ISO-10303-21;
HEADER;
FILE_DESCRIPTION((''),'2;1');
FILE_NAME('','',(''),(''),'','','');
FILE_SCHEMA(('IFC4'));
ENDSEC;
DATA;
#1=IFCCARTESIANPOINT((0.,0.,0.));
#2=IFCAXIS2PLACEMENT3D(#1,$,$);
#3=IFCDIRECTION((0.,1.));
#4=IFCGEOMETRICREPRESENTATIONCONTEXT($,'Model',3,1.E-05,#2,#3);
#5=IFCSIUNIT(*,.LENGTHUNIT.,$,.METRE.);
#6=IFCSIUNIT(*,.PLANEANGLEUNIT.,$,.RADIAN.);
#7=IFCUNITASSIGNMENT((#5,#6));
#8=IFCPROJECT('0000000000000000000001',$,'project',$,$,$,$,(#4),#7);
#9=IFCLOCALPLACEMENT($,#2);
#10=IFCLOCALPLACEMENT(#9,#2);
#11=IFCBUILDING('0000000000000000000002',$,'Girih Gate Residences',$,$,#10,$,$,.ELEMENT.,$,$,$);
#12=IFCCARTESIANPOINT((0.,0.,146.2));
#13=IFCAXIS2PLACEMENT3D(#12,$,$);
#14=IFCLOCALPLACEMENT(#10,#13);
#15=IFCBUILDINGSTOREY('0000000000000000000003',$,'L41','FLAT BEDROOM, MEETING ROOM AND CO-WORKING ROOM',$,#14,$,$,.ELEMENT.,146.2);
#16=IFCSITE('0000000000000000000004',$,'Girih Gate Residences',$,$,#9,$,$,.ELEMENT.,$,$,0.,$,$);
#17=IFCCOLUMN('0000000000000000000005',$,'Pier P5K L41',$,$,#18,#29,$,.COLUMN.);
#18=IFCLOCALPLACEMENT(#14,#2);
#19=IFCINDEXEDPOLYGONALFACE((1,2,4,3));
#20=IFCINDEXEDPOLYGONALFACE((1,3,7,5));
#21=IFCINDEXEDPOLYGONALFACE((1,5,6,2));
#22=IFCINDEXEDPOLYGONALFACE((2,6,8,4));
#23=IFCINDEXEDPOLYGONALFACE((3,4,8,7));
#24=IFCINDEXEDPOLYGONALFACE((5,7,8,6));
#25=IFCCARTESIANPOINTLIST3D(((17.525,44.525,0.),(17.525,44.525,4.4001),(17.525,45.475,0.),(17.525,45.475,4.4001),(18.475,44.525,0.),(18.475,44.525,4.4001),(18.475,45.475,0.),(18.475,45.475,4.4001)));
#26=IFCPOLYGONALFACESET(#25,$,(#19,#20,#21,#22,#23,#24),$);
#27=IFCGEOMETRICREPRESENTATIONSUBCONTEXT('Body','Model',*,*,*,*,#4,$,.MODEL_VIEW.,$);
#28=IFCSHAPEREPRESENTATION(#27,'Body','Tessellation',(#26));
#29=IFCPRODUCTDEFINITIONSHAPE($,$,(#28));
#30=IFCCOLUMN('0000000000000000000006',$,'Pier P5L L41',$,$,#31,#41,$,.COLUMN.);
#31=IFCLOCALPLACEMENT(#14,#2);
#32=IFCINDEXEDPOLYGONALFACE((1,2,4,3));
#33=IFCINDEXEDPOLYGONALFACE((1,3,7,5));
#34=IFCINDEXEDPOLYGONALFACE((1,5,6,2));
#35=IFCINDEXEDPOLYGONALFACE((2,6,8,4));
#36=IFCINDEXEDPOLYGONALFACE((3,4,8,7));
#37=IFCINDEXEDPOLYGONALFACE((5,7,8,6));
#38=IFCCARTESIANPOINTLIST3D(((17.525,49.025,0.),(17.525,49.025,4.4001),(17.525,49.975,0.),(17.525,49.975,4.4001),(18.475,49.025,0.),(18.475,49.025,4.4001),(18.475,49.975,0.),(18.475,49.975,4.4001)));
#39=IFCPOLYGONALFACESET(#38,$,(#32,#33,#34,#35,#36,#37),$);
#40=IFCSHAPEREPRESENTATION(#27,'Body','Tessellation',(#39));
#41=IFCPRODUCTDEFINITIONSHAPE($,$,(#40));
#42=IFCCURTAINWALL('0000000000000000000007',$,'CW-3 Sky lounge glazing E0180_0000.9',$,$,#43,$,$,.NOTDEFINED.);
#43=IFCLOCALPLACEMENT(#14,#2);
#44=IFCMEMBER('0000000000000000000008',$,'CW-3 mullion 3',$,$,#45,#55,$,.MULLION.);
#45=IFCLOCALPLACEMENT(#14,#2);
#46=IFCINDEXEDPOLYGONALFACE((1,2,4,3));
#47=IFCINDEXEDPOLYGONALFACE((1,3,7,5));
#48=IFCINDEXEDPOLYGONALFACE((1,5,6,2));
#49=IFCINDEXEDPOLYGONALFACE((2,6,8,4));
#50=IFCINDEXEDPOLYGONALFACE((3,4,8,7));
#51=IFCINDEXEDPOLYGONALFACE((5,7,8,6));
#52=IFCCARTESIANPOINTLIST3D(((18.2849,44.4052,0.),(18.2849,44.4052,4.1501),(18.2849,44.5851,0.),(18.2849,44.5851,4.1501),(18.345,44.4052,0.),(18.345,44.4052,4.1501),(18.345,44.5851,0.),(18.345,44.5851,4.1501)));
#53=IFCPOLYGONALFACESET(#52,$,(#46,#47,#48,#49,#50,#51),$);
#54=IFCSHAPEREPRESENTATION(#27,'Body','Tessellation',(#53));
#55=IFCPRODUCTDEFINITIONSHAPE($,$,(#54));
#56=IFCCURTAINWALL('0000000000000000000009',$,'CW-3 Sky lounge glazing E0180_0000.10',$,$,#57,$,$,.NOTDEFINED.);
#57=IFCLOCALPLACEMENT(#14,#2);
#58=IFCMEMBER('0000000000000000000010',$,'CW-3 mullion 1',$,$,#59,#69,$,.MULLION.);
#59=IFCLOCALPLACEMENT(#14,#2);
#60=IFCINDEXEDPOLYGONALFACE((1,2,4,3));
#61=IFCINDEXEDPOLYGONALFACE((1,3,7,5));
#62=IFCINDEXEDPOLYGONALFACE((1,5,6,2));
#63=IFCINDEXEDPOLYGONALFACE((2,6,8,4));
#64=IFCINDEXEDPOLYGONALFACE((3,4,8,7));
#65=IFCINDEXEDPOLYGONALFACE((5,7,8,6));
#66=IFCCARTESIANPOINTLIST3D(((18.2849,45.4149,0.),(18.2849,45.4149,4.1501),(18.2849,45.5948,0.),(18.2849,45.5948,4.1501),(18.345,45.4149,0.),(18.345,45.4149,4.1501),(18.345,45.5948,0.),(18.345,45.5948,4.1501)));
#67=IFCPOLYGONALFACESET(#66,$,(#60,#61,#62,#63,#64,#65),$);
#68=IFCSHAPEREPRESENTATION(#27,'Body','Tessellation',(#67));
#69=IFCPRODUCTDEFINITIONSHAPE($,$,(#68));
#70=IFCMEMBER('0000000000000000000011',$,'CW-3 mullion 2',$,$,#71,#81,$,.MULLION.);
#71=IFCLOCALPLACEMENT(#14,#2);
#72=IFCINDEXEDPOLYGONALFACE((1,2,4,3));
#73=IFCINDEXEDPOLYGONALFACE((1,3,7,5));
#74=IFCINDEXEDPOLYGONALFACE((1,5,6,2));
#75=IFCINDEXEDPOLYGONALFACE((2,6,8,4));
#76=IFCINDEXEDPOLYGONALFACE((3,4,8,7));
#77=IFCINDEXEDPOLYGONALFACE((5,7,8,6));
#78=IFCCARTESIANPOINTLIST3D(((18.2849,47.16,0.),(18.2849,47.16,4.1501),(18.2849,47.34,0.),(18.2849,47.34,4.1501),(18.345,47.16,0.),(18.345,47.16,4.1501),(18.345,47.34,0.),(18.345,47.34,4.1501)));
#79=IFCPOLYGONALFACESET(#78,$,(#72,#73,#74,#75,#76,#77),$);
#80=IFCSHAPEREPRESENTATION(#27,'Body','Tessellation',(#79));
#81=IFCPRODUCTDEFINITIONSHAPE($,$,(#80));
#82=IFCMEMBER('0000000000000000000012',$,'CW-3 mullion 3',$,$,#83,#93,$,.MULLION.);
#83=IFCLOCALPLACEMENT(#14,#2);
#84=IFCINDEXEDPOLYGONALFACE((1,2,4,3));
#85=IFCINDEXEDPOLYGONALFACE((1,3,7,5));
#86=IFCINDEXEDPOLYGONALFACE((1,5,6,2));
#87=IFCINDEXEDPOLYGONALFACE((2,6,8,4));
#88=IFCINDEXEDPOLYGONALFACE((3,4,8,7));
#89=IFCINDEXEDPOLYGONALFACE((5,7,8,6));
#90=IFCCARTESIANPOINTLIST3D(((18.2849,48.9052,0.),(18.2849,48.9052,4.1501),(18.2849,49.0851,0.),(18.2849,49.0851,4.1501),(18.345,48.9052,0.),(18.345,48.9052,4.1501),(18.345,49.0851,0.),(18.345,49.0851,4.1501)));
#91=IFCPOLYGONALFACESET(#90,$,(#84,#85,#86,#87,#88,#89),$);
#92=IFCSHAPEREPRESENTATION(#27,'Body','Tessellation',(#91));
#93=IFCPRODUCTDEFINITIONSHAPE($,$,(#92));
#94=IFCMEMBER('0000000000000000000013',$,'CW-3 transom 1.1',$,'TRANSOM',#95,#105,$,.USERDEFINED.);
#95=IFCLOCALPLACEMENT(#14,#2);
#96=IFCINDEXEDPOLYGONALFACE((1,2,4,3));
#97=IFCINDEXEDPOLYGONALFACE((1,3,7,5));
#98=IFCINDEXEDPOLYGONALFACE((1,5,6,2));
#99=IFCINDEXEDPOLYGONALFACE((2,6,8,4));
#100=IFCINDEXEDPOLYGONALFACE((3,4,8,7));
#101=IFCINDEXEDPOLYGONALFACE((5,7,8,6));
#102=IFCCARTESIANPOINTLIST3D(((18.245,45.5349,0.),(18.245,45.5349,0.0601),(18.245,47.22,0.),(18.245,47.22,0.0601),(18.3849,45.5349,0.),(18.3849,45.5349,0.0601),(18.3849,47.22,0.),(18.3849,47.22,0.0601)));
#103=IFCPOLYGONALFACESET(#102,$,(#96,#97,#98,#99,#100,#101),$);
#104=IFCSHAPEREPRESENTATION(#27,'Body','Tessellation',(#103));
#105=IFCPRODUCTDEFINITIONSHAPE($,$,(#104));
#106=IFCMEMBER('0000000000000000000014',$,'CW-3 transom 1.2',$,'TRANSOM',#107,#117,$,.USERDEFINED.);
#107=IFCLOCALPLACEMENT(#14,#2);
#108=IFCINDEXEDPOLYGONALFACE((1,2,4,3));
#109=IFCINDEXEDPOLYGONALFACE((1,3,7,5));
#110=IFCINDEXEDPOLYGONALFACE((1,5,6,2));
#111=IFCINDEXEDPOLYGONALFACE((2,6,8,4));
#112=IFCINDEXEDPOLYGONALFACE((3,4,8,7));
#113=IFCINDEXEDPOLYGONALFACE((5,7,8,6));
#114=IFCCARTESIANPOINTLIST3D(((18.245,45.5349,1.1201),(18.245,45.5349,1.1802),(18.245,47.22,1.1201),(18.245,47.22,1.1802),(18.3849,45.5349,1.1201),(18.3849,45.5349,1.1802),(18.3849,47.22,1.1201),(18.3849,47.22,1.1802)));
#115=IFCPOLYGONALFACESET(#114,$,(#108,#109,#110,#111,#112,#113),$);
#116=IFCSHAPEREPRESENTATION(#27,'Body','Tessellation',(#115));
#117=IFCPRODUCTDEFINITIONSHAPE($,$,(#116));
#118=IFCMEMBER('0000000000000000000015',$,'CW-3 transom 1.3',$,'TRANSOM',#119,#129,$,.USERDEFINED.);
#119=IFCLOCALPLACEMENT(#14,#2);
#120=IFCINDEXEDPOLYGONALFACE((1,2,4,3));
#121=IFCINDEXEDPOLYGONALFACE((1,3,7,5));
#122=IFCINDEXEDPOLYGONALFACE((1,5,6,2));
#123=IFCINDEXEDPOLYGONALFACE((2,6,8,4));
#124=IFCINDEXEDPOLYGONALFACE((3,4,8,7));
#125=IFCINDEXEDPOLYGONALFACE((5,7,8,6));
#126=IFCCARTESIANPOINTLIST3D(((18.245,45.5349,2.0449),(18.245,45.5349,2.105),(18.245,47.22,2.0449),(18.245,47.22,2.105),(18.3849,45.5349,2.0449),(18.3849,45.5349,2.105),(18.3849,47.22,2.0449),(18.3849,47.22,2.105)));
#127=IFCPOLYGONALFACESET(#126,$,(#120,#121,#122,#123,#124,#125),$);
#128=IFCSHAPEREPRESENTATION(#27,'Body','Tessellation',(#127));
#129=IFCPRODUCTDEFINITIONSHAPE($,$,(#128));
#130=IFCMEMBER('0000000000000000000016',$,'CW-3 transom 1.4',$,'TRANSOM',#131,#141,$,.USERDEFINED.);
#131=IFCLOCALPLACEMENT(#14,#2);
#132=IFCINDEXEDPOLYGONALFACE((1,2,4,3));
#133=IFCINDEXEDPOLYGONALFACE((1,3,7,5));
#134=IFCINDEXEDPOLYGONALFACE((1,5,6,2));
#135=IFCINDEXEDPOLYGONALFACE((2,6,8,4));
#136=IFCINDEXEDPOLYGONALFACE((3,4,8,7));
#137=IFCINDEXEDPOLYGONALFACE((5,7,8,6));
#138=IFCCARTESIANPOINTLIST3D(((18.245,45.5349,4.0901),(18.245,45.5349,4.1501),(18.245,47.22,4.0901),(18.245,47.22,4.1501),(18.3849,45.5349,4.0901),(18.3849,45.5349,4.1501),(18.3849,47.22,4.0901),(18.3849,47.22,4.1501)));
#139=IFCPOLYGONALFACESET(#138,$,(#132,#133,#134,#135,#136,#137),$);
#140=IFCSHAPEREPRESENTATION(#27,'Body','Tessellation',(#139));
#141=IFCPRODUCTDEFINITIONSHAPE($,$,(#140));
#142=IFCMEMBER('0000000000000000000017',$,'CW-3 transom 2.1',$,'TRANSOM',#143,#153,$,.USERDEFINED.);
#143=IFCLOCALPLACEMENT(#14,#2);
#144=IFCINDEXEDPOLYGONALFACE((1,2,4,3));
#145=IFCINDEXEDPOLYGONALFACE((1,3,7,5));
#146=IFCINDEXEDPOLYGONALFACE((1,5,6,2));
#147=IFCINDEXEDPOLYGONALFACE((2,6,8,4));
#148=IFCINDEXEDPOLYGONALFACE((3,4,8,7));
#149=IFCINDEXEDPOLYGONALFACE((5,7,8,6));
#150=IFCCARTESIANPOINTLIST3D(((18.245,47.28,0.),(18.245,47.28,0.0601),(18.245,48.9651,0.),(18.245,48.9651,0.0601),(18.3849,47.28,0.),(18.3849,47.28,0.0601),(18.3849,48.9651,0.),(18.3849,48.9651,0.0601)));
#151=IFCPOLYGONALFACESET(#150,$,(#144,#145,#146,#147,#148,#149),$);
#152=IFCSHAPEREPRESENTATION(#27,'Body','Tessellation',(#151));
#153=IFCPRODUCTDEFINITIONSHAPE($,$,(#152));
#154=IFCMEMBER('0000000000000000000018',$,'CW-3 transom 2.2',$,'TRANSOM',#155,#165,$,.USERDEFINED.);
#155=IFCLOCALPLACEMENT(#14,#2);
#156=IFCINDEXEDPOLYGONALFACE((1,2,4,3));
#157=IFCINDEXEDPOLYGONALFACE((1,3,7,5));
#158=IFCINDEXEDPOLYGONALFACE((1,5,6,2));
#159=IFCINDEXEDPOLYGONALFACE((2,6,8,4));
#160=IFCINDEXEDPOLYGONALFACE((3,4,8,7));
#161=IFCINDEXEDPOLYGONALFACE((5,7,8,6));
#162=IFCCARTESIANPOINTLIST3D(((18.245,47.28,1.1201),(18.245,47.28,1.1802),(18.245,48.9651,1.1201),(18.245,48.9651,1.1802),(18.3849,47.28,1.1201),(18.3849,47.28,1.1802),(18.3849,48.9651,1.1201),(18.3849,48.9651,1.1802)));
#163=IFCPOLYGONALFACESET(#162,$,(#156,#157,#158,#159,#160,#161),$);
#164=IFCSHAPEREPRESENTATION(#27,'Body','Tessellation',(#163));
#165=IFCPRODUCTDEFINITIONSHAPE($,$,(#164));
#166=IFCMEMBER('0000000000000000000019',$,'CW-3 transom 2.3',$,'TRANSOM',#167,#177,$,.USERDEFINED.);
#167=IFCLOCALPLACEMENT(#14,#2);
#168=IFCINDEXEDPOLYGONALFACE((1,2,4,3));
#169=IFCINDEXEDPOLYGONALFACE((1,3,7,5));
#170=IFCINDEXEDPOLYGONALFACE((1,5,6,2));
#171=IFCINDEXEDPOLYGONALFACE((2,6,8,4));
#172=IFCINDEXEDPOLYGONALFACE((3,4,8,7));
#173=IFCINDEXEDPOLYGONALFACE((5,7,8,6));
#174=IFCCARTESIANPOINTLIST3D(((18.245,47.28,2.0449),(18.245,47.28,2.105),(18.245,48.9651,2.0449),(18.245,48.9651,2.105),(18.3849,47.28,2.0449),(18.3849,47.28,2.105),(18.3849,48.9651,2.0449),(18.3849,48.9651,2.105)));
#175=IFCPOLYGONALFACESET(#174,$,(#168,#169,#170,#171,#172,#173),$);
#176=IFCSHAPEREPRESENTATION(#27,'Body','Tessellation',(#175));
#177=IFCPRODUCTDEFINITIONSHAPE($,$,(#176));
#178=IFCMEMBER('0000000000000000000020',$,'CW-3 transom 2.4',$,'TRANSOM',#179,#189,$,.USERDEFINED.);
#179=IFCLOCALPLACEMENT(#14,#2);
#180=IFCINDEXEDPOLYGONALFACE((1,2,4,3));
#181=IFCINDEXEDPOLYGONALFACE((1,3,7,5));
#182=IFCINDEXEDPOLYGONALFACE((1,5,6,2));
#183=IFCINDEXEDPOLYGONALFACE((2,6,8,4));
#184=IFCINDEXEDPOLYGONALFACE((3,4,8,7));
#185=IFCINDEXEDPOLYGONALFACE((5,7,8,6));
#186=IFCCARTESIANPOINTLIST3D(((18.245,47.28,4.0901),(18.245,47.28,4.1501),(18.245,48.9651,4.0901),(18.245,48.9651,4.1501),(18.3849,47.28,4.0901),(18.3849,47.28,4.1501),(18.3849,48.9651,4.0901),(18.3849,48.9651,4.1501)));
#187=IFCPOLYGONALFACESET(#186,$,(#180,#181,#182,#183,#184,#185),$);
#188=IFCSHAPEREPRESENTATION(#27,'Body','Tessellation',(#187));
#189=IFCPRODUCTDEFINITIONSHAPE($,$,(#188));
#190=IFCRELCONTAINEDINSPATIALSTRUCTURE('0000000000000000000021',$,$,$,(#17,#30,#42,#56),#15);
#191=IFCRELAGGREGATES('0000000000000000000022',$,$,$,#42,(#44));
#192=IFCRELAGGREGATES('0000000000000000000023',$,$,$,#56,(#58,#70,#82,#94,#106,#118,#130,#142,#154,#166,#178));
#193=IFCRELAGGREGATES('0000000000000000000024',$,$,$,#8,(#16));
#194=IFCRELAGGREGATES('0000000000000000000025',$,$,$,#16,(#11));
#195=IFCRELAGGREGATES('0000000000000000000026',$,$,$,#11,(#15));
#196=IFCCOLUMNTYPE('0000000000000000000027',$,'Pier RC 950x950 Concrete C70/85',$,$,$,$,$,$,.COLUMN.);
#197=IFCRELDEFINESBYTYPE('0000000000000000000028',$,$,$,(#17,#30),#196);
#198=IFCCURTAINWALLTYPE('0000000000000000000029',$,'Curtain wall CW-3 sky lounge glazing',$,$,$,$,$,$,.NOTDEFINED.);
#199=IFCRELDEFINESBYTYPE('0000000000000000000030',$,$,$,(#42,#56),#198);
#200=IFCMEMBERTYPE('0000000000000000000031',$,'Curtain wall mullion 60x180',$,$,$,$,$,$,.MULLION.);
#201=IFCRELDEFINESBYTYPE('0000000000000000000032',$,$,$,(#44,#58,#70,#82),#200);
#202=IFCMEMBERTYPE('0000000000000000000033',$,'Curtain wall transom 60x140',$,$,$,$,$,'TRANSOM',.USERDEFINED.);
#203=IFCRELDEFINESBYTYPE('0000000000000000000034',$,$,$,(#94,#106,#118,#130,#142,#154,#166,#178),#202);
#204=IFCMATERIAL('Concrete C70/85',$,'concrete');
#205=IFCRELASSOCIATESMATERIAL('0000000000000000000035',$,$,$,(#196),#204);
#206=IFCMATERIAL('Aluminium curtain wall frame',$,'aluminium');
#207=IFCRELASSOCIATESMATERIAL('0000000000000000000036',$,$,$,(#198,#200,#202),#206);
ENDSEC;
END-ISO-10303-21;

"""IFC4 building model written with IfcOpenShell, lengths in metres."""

from ifc_helpers import new_model, si_unit, direction, frame, origin, origin_2d, place, context, subcontext, project, spatial, rectangle, extrude, material, material_profile, profile_set, type_object, element, aggregate, save


model = new_model("IFC4")

# Units and contexts
model_context = context("Model", 3, precision=1e-05, world=origin(), true_north=direction((0.0, 1.0)))
body_context = subcontext(model_context, "Body", "Model", "MODEL_VIEW")
ifc_project = project(units=[si_unit("LENGTHUNIT", "METRE"), si_unit("PLANEANGLEUNIT", "RADIAN")], contexts=[model_context])

# Site, building, storey
site_placement = place(None, origin())
site = spatial("IfcSite", under=ifc_project, at=site_placement, Name="Girih Gate Residences", CompositionType="ELEMENT", RefElevation=0.0)
building_placement = place(site_placement, origin())
building = spatial("IfcBuilding", under=site, at=building_placement, Name="Girih Gate Residences", CompositionType="ELEMENT")
storey_placement = place(building_placement, frame((0.0, 0.0, 146.2)))
storey = spatial("IfcBuildingStorey", under=building, at=storey_placement, Name="L41", Description="FLAT BEDROOM, MEETING ROOM AND CO-WORKING ROOM", CompositionType="ELEMENT", Elevation=146.2)

# Columns
ifc_material_1 = material(Name="Concrete C70/85", Category="concrete")
ifc_material_profile_1 = material_profile(ifc_material_1, rectangle(XDim=0.95, YDim=0.95, at=origin_2d()))
ifc_profile_set_1 = profile_set([ifc_material_profile_1], Name="Concrete C70/85")
column_type = type_object("IfcColumnType", Name="Pier RC 950x950 Concrete C70/85", PredefinedType="COLUMN", material=ifc_profile_set_1)
for number, where, z_axis, x_axis, name in (
    (1, (18.0, 45.0, 0.0), (0.0, 0.0, 1.0), (1.0, 0.0, 0.0), "Pier P5K L41"),
    (2, (18.0, 49.5, 0.0), (0.0, 0.0, 1.0), (1.0, 0.0, 0.0), "Pier P5L L41"),
):
    element("IfcColumn", number, at=place(storey_placement, frame(where, z_axis=z_axis, x_axis=x_axis)), inside=storey, type_object=column_type, Name=name, PredefinedType="COLUMN", context=body_context, shape_type="SweptSolid", body=[
        extrude(rectangle(XDim=0.95, YDim=0.95, at=origin_2d()), origin(), (0.0, 0.0, 1.0), 4.4001),
    ])

# Curtain wall, member
ifc_material_2 = material(Name="Aluminium curtain wall frame", Category="aluminium")
curtain_wall_type = type_object("IfcCurtainWallType", Name="Curtain wall CW-3 sky lounge glazing", PredefinedType="NOTDEFINED", material=ifc_material_2)
curtain_wall_1_placement = place(storey_placement, origin())
curtain_wall_1 = element("IfcCurtainWall", 3, at=curtain_wall_1_placement, inside=storey, type_object=curtain_wall_type, Name="CW-3 Sky lounge glazing E0180_0000.9", PredefinedType="NOTDEFINED")
ifc_material_profile_2 = material_profile(ifc_material_2, rectangle(XDim=0.0601, YDim=0.1799, at=origin_2d()))
ifc_profile_set_2 = profile_set([ifc_material_profile_2], Name="Aluminium curtain wall frame")
member_type_1 = type_object("IfcMemberType", Name="Curtain wall mullion 60x180", PredefinedType="MULLION", material=ifc_profile_set_2)
member_1_placement = place(storey_placement, frame((18.3149, 44.4951, 0.0), z_axis=(0.0, 0.0, 1.0), x_axis=(-1.0, 0.0, 0.0)))
member_1 = element("IfcMember", 4, at=member_1_placement, type_object=member_type_1, Name="CW-3 mullion 3", PredefinedType="MULLION", context=body_context, shape_type="SweptSolid", body=[
    extrude(rectangle(XDim=0.0601, YDim=0.1799, at=origin_2d()), origin(), (0.0, 0.0, 1.0), 4.1501),
])
aggregate(curtain_wall_1, [member_1])

# Curtain wall, members
curtain_wall_2_placement = place(storey_placement, origin())
curtain_wall_2 = element("IfcCurtainWall", 5, at=curtain_wall_2_placement, inside=storey, type_object=curtain_wall_type, Name="CW-3 Sky lounge glazing E0180_0000.10", PredefinedType="NOTDEFINED")
member_2_placement = place(storey_placement, frame((18.3149, 45.5049, 0.0), z_axis=(0.0, 0.0, 1.0), x_axis=(-1.0, 0.0, 0.0)))
member_2 = element("IfcMember", 6, at=member_2_placement, type_object=member_type_1, Name="CW-3 mullion 1", PredefinedType="MULLION", context=body_context, shape_type="SweptSolid", body=[
    extrude(rectangle(XDim=0.0601, YDim=0.1799, at=origin_2d()), origin(), (0.0, 0.0, 1.0), 4.1501),
])
member_3_placement = place(storey_placement, frame((18.3149, 47.25, 0.0), z_axis=(0.0, 0.0, 1.0), x_axis=(-1.0, 0.0, 0.0)))
member_3 = element("IfcMember", 7, at=member_3_placement, type_object=member_type_1, Name="CW-3 mullion 2", PredefinedType="MULLION", context=body_context, shape_type="SweptSolid", body=[
    extrude(rectangle(XDim=0.0601, YDim=0.1799, at=origin_2d()), origin(), (0.0, 0.0, 1.0), 4.1501),
])
member_4_placement = place(storey_placement, frame((18.3149, 48.9951, 0.0), z_axis=(0.0, 0.0, 1.0), x_axis=(-1.0, 0.0, 0.0)))
member_4 = element("IfcMember", 8, at=member_4_placement, type_object=member_type_1, Name="CW-3 mullion 3", PredefinedType="MULLION", context=body_context, shape_type="SweptSolid", body=[
    extrude(rectangle(XDim=0.0601, YDim=0.1799, at=origin_2d()), origin(), (0.0, 0.0, 1.0), 4.1501),
])
ifc_material_profile_3 = material_profile(ifc_material_2, rectangle(XDim=0.1399, YDim=0.0601, at=origin_2d()))
ifc_profile_set_3 = profile_set([ifc_material_profile_3], Name="Aluminium curtain wall frame")
member_type_2 = type_object("IfcMemberType", Name="Curtain wall transom 60x140", ElementType="TRANSOM", PredefinedType="USERDEFINED", material=ifc_profile_set_3)
member_5_placement = place(storey_placement, frame((18.3149, 45.5349, 0.03), z_axis=(0.0, 1.0, 0.0), x_axis=(-1.0, 0.0, 0.0)))
member_5 = element("IfcMember", 9, at=member_5_placement, type_object=member_type_2, Name="CW-3 transom 1.1", ObjectType="TRANSOM", PredefinedType="USERDEFINED", context=body_context, shape_type="SweptSolid", body=[
    extrude(rectangle(XDim=0.1399, YDim=0.0601, at=origin_2d()), origin(), (0.0, 0.0, 1.0), 1.6851),
])
member_6_placement = place(storey_placement, frame((18.3149, 45.5349, 1.1501), z_axis=(0.0, 1.0, 0.0), x_axis=(-1.0, 0.0, 0.0)))
member_6 = element("IfcMember", 10, at=member_6_placement, type_object=member_type_2, Name="CW-3 transom 1.2", ObjectType="TRANSOM", PredefinedType="USERDEFINED", context=body_context, shape_type="SweptSolid", body=[
    extrude(rectangle(XDim=0.1399, YDim=0.0601, at=origin_2d()), origin(), (0.0, 0.0, 1.0), 1.6851),
])
member_7_placement = place(storey_placement, frame((18.3149, 45.5349, 2.075), z_axis=(0.0, 1.0, 0.0), x_axis=(-1.0, 0.0, 0.0)))
member_7 = element("IfcMember", 11, at=member_7_placement, type_object=member_type_2, Name="CW-3 transom 1.3", ObjectType="TRANSOM", PredefinedType="USERDEFINED", context=body_context, shape_type="SweptSolid", body=[
    extrude(rectangle(XDim=0.1399, YDim=0.0601, at=origin_2d()), origin(), (0.0, 0.0, 1.0), 1.6851),
])
member_8_placement = place(storey_placement, frame((18.3149, 45.5349, 4.1201), z_axis=(0.0, 1.0, 0.0), x_axis=(-1.0, 0.0, 0.0)))
member_8 = element("IfcMember", 12, at=member_8_placement, type_object=member_type_2, Name="CW-3 transom 1.4", ObjectType="TRANSOM", PredefinedType="USERDEFINED", context=body_context, shape_type="SweptSolid", body=[
    extrude(rectangle(XDim=0.1399, YDim=0.0601, at=origin_2d()), origin(), (0.0, 0.0, 1.0), 1.6851),
])
member_9_placement = place(storey_placement, frame((18.3149, 47.28, 0.03), z_axis=(0.0, 1.0, 0.0), x_axis=(-1.0, 0.0, 0.0)))
member_9 = element("IfcMember", 13, at=member_9_placement, type_object=member_type_2, Name="CW-3 transom 2.1", ObjectType="TRANSOM", PredefinedType="USERDEFINED", context=body_context, shape_type="SweptSolid", body=[
    extrude(rectangle(XDim=0.1399, YDim=0.0601, at=origin_2d()), origin(), (0.0, 0.0, 1.0), 1.6851),
])
member_10_placement = place(storey_placement, frame((18.3149, 47.28, 1.1501), z_axis=(0.0, 1.0, 0.0), x_axis=(-1.0, 0.0, 0.0)))
member_10 = element("IfcMember", 14, at=member_10_placement, type_object=member_type_2, Name="CW-3 transom 2.2", ObjectType="TRANSOM", PredefinedType="USERDEFINED", context=body_context, shape_type="SweptSolid", body=[
    extrude(rectangle(XDim=0.1399, YDim=0.0601, at=origin_2d()), origin(), (0.0, 0.0, 1.0), 1.6851),
])
member_11_placement = place(storey_placement, frame((18.3149, 47.28, 2.075), z_axis=(0.0, 1.0, 0.0), x_axis=(-1.0, 0.0, 0.0)))
member_11 = element("IfcMember", 15, at=member_11_placement, type_object=member_type_2, Name="CW-3 transom 2.3", ObjectType="TRANSOM", PredefinedType="USERDEFINED", context=body_context, shape_type="SweptSolid", body=[
    extrude(rectangle(XDim=0.1399, YDim=0.0601, at=origin_2d()), origin(), (0.0, 0.0, 1.0), 1.6851),
])
member_12_placement = place(storey_placement, frame((18.3149, 47.28, 4.1201), z_axis=(0.0, 1.0, 0.0), x_axis=(-1.0, 0.0, 0.0)))
member_12 = element("IfcMember", 16, at=member_12_placement, type_object=member_type_2, Name="CW-3 transom 2.4", ObjectType="TRANSOM", PredefinedType="USERDEFINED", context=body_context, shape_type="SweptSolid", body=[
    extrude(rectangle(XDim=0.1399, YDim=0.0601, at=origin_2d()), origin(), (0.0, 0.0, 1.0), 1.6851),
])

aggregate(curtain_wall_2, [member_2, member_3, member_4, member_5, member_6, member_7, member_8, member_9, member_10, member_11, member_12])

save(model, "model.ifc")
